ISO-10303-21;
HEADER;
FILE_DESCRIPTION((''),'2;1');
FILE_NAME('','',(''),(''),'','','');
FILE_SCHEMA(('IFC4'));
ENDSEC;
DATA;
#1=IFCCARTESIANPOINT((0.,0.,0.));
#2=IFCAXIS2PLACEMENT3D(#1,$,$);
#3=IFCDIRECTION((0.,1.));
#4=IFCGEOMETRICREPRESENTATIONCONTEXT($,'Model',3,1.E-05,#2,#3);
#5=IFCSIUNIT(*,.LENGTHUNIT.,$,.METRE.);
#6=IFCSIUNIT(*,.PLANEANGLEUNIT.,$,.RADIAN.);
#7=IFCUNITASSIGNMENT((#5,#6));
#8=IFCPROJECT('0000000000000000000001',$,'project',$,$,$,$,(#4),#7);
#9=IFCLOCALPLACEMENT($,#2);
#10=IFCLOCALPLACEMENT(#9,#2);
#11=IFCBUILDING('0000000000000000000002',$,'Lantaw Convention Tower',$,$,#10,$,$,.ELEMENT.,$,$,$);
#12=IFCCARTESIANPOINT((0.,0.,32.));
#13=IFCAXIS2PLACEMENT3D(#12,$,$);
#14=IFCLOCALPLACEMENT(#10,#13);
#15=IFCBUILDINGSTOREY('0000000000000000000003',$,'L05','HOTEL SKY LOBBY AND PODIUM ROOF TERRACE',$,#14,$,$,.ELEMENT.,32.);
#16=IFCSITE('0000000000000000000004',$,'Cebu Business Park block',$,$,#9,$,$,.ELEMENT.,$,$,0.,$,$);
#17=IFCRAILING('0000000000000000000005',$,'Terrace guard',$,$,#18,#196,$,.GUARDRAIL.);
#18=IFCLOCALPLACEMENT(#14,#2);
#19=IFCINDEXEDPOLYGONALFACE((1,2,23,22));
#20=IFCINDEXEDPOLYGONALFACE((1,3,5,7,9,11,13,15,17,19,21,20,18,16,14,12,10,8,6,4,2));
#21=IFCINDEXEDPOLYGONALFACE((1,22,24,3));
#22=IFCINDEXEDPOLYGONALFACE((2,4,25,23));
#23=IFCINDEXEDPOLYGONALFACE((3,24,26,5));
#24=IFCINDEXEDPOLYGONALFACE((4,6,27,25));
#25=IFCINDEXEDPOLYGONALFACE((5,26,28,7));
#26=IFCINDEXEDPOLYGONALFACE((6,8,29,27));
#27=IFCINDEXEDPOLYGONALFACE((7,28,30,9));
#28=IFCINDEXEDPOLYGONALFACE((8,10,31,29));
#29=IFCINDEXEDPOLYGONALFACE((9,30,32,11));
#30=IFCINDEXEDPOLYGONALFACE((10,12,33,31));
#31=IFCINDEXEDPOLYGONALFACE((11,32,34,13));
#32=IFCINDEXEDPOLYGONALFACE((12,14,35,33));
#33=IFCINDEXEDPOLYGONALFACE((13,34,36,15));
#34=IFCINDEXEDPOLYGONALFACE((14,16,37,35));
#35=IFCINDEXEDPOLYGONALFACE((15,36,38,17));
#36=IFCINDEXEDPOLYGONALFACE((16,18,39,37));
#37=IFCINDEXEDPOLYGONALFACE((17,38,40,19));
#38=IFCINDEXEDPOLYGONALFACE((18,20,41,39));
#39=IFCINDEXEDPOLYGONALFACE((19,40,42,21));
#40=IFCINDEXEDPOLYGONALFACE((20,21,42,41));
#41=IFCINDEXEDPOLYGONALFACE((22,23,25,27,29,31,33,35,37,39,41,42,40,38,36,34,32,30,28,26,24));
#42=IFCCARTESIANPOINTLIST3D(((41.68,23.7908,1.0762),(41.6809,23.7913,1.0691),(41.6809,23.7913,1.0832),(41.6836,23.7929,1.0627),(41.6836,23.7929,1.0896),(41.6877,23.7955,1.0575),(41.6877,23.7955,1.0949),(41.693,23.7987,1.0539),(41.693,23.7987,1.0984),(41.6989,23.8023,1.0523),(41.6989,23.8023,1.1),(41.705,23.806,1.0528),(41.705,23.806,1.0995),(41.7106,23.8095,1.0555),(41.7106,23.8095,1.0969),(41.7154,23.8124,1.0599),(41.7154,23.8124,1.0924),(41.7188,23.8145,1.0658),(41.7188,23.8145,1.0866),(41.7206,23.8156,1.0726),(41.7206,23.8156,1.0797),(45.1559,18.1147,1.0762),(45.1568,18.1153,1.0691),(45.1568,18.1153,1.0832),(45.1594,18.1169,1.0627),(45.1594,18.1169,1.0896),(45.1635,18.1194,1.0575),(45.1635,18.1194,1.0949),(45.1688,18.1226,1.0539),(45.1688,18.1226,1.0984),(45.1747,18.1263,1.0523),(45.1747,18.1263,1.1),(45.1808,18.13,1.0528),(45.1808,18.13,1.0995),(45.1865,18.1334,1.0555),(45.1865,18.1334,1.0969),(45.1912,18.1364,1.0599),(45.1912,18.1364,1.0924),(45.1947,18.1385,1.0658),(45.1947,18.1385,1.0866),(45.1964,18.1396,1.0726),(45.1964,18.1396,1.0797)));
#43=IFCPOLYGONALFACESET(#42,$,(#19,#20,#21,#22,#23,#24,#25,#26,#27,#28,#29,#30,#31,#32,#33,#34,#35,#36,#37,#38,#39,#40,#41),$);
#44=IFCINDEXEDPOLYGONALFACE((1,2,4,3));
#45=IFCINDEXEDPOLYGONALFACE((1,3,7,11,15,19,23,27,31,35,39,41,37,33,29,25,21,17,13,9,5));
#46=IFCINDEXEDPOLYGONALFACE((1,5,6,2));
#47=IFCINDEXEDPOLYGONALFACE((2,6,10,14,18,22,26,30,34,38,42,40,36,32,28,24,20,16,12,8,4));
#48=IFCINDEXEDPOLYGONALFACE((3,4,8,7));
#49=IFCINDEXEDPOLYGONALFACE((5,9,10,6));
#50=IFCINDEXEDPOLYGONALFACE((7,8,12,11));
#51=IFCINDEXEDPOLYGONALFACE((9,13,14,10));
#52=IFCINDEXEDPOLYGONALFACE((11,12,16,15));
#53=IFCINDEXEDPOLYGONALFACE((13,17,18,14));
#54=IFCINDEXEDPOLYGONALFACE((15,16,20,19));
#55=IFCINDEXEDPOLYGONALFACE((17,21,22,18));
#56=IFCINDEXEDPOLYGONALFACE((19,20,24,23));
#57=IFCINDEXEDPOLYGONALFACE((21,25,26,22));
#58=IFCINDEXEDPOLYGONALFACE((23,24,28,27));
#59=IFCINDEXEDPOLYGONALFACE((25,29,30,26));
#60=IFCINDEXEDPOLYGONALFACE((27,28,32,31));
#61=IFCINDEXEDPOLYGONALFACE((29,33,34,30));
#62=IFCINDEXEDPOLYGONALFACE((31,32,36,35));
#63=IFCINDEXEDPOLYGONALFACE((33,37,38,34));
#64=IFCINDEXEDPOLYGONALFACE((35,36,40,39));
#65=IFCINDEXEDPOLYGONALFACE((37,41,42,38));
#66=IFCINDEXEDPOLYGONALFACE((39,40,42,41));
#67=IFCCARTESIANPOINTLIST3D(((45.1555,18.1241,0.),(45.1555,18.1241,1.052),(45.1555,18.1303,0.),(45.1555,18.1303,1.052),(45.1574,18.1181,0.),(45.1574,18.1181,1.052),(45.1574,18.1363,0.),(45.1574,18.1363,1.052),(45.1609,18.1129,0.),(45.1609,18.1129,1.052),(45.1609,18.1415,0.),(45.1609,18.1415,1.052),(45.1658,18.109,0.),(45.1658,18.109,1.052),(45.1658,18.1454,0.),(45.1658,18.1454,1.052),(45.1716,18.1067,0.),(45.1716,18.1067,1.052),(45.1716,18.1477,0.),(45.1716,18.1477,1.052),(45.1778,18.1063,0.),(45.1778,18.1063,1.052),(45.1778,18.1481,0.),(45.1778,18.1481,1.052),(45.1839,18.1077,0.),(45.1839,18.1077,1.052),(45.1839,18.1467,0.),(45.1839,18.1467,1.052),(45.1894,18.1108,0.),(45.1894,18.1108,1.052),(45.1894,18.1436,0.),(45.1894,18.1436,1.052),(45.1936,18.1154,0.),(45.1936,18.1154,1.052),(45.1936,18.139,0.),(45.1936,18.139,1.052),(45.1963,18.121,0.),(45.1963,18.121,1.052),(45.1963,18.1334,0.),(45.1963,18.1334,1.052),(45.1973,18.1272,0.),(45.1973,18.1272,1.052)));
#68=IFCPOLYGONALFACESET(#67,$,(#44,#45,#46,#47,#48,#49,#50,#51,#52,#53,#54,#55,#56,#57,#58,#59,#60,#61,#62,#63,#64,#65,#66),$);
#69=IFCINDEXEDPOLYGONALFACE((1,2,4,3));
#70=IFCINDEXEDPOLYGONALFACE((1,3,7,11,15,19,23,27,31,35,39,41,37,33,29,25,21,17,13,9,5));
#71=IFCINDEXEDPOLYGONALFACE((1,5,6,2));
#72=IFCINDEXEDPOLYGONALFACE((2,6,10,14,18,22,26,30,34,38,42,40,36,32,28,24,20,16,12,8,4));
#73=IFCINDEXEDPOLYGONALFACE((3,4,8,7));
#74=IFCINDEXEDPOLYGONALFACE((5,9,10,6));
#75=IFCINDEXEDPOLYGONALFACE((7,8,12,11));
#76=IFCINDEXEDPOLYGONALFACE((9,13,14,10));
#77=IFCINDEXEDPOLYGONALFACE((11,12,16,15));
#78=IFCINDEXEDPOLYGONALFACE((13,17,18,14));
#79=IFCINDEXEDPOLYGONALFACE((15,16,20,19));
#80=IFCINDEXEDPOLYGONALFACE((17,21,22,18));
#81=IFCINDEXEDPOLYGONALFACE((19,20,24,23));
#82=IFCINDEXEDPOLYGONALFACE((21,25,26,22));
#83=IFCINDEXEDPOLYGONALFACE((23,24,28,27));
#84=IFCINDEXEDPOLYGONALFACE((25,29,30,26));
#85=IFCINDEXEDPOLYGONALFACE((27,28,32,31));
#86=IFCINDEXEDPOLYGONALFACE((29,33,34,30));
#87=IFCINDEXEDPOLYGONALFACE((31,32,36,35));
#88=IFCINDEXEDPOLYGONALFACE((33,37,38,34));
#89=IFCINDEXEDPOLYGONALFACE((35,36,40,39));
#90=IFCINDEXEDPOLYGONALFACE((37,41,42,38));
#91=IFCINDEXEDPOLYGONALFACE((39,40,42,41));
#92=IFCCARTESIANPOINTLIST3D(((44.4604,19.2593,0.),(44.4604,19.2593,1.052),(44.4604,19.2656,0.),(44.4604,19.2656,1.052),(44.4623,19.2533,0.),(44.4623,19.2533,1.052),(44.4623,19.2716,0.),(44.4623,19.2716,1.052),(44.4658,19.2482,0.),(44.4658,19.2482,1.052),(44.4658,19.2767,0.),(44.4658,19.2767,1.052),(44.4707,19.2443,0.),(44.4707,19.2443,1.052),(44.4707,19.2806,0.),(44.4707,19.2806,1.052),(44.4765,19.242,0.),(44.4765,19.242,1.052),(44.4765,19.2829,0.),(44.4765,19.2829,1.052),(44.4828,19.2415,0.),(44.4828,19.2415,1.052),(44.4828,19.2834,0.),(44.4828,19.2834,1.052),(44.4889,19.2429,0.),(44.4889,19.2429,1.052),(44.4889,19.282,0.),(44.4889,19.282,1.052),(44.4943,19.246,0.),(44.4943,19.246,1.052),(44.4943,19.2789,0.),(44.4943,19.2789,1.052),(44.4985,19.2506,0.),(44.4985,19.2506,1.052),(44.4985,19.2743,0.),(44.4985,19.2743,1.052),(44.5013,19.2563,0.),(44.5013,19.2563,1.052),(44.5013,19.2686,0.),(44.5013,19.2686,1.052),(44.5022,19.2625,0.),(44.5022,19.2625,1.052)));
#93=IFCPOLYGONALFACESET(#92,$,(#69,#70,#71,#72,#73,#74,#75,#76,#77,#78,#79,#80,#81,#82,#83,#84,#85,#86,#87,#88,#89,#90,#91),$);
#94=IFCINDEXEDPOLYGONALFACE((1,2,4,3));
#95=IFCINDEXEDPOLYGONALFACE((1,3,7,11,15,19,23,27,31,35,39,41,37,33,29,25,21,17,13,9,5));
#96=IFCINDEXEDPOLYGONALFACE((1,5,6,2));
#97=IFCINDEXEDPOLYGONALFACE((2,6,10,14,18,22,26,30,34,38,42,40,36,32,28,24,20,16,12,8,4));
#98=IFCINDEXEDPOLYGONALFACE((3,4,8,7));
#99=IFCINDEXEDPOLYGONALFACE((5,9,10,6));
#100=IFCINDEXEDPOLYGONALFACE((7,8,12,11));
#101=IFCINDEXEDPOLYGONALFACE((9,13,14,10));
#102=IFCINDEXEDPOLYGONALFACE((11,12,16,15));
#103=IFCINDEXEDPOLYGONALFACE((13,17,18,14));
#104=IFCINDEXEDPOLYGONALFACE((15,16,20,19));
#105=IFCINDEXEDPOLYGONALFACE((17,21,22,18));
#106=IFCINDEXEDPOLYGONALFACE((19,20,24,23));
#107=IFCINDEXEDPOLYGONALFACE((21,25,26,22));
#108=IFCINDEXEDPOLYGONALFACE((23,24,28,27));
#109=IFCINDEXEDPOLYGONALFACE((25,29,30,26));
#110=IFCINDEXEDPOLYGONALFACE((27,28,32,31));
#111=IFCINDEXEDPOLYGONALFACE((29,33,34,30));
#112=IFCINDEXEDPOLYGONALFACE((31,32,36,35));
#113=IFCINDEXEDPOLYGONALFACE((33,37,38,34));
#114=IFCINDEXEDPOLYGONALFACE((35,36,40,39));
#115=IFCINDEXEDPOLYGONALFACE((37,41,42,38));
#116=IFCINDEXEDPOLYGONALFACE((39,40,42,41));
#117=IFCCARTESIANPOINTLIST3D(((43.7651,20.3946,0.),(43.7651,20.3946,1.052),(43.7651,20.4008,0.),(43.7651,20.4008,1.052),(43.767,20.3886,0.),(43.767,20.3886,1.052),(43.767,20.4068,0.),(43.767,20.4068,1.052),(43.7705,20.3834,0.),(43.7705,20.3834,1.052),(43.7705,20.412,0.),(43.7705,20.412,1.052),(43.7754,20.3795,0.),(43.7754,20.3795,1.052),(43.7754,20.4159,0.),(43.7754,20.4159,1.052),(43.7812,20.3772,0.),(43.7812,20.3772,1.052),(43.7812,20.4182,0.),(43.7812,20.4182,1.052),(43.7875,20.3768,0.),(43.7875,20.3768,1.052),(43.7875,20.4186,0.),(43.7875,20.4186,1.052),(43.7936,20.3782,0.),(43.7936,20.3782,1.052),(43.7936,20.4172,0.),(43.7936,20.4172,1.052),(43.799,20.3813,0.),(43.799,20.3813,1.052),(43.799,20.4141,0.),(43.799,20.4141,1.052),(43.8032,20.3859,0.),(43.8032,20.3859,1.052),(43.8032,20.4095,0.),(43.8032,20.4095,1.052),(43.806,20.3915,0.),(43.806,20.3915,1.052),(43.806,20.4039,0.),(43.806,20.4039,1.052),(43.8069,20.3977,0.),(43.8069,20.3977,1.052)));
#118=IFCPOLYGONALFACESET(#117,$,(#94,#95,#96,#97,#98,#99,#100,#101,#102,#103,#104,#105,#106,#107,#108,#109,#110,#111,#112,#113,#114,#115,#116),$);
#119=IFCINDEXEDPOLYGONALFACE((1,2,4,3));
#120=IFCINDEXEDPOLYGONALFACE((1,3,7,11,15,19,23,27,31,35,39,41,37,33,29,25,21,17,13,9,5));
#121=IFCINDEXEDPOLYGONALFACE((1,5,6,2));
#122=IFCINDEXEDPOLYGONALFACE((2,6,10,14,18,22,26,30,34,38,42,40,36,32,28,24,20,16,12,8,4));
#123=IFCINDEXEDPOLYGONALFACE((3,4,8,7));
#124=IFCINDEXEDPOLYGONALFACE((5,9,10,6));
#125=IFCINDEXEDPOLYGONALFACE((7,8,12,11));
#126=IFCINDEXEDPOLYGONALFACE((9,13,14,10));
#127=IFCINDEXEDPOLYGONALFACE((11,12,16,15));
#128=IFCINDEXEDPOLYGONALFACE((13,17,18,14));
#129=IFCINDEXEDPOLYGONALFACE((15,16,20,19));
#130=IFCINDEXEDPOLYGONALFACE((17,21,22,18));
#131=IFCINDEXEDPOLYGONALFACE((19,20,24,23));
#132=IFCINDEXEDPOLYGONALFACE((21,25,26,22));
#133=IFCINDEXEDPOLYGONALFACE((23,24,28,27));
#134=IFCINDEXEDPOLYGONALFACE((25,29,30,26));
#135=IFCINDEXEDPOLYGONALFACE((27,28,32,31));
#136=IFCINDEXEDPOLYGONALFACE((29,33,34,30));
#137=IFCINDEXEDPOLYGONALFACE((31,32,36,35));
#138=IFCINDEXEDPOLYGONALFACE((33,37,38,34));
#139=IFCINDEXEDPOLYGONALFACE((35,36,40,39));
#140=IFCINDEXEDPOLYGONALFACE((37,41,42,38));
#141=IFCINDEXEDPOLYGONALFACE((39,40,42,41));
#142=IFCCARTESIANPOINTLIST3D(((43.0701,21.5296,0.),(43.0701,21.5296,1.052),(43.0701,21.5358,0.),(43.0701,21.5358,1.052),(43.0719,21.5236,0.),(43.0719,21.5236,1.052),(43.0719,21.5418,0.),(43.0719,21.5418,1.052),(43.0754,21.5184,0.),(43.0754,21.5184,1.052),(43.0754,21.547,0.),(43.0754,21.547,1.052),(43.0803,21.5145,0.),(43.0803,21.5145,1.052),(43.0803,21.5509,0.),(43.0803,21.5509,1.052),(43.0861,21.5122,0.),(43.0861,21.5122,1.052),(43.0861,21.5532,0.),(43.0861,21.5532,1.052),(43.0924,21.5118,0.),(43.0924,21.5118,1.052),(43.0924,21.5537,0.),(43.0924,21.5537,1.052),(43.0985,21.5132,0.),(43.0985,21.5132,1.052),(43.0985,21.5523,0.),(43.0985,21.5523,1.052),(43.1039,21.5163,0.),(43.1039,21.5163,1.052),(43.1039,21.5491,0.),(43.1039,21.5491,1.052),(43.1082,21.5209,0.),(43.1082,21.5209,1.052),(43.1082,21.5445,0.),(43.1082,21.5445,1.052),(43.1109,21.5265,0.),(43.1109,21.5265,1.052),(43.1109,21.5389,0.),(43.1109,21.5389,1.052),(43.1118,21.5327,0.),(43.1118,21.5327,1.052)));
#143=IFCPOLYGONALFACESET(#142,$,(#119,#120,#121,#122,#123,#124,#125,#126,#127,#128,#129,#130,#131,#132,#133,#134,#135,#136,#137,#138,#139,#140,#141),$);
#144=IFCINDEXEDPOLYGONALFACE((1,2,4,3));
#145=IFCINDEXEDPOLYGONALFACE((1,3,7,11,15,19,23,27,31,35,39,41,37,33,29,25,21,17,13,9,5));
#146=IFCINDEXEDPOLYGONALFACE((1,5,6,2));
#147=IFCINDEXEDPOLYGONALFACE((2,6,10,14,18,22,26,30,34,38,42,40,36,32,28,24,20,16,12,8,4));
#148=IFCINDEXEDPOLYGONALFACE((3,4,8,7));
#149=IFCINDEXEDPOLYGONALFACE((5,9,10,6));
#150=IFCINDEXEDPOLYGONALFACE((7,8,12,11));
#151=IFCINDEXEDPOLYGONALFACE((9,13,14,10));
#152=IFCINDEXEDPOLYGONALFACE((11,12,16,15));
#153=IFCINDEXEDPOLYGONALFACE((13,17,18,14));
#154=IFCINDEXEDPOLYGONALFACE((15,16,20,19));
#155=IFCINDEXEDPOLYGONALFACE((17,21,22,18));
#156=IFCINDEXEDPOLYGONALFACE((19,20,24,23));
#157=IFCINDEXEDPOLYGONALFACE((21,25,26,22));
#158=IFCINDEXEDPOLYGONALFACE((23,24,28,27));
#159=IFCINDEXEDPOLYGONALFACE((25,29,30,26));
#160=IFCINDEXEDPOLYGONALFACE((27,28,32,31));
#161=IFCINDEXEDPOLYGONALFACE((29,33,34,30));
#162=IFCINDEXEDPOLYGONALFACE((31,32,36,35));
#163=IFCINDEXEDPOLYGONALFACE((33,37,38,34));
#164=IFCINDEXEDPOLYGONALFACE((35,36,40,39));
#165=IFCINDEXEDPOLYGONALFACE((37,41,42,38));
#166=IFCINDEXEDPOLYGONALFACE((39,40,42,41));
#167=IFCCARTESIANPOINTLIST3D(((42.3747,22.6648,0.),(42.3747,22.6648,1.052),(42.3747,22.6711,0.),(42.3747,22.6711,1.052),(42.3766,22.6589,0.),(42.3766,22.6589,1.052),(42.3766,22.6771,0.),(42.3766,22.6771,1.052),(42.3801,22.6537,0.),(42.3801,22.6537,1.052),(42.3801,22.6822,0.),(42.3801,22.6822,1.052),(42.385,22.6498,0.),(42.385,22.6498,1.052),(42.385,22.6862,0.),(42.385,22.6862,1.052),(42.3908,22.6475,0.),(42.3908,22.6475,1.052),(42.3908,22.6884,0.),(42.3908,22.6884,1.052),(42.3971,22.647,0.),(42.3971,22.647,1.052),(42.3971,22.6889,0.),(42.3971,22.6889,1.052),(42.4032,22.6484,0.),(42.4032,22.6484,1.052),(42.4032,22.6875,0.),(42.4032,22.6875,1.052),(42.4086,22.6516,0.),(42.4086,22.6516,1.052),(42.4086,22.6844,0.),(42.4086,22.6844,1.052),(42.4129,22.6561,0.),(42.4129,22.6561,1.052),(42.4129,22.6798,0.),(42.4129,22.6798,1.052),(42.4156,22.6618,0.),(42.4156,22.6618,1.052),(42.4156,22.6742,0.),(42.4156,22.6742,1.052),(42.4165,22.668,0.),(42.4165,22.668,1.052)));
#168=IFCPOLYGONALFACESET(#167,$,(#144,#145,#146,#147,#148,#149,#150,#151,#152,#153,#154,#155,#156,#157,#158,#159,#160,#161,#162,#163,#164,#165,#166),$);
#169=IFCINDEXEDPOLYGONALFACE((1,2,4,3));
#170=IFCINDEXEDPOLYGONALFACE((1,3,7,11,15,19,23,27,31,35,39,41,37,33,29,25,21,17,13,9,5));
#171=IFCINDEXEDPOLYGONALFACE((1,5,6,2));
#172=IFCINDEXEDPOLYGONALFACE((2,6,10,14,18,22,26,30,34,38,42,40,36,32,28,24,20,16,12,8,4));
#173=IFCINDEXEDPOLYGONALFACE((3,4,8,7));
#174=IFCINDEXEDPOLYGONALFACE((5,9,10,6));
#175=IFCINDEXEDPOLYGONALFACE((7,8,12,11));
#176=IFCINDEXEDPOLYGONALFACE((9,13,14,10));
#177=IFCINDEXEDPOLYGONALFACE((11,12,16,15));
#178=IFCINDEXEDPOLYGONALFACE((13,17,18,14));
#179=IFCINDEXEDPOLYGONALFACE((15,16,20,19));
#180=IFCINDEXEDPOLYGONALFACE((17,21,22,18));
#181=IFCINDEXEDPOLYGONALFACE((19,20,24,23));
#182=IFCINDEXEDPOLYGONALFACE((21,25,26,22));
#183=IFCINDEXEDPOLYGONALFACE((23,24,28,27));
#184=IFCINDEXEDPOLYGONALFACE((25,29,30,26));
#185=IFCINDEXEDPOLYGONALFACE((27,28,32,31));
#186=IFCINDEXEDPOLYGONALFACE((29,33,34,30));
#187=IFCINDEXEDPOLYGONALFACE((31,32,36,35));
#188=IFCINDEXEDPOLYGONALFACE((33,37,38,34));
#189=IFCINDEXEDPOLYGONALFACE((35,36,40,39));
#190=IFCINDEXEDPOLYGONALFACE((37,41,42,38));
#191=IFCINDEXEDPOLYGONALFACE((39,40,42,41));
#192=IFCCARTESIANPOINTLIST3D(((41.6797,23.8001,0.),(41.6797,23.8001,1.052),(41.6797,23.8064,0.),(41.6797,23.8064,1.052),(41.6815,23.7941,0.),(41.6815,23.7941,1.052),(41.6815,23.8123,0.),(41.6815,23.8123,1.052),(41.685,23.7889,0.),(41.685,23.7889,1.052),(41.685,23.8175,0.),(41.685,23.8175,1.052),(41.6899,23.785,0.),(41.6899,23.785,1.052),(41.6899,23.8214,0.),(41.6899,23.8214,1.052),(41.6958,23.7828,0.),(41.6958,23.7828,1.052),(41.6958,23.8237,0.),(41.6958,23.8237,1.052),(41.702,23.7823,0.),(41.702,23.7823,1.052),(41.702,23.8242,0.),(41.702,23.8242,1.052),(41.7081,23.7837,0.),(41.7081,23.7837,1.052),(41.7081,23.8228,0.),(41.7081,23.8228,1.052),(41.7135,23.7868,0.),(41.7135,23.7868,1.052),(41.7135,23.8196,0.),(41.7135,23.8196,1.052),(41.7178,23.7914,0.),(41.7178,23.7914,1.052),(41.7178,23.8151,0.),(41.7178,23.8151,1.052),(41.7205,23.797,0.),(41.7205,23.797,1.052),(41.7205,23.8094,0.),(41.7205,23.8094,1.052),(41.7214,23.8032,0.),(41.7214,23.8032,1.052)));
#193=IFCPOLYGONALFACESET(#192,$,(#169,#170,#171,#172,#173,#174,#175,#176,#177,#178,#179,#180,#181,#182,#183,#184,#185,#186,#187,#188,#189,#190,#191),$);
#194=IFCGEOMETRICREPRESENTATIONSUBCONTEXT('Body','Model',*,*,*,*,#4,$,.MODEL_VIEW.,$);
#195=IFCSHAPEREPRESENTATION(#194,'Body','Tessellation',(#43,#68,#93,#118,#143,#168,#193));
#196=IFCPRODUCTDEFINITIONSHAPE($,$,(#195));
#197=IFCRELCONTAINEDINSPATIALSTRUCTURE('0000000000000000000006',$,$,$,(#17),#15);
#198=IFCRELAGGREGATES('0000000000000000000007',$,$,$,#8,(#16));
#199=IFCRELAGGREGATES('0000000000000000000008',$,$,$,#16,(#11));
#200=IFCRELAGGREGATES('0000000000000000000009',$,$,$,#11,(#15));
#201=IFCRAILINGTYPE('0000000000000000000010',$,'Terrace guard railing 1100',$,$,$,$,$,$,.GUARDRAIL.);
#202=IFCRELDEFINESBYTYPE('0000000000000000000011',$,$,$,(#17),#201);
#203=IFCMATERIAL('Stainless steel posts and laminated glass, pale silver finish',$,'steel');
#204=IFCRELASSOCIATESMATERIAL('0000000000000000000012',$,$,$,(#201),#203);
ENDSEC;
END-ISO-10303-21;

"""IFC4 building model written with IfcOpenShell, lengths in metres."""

from ifc_helpers import new_model, si_unit, direction, frame, origin, origin_2d, place, context, subcontext, project, spatial, circle, extrude, material, type_object, element, save


model = new_model("IFC4")

# Units and contexts
model_context = context("Model", 3, precision=1e-05, world=origin(), true_north=direction((0.0, 1.0)))
body_context = subcontext(model_context, "Body", "Model", "MODEL_VIEW")
ifc_project = project(units=[si_unit("LENGTHUNIT", "METRE"), si_unit("PLANEANGLEUNIT", "RADIAN")], contexts=[model_context])

# Site, building, storey
site_placement = place(None, origin())
site = spatial("IfcSite", under=ifc_project, at=site_placement, Name="Cebu Business Park block", CompositionType="ELEMENT", RefElevation=0.0)
building_placement = place(site_placement, origin())
building = spatial("IfcBuilding", under=site, at=building_placement, Name="Lantaw Convention Tower", CompositionType="ELEMENT")
storey_placement = place(building_placement, frame((0.0, 0.0, 32.0)))
storey = spatial("IfcBuildingStorey", under=building, at=storey_placement, Name="L05", Description="HOTEL SKY LOBBY AND PODIUM ROOF TERRACE", CompositionType="ELEMENT", Elevation=32.0)

# Railing
ifc_material_1 = material(Name="Stainless steel posts and laminated glass, pale silver finish", Category="steel")
railing_type_1 = type_object("IfcRailingType", Name="Terrace guard railing 1100", PredefinedType="GUARDRAIL", material=ifc_material_1)
railing_1_placement = place(storey_placement, frame((45.1763, 18.1272, 0.0)))
element("IfcRailing", 1, at=railing_1_placement, inside=storey, type_object=railing_type_1, Name="Terrace guard", PredefinedType="GUARDRAIL", context=body_context, shape_type="SweptSolid", body=[
    extrude(circle(Radius=0.0239, at=origin_2d()), frame((0.0, 0.0, 1.0762), z_axis=(-0.522232, 0.852804, 0.0), x_axis=(-0.852804, -0.522232, 0.0)), (0.0, 0.0, 1.0), 6.6558),
    extrude(circle(Radius=0.021, at=origin_2d()), origin(), (0.0, 0.0, 1.0), 1.052),
    extrude(circle(Radius=0.021, at=origin_2d()), frame((-0.6951, 1.1353, 0.0)), (0.0, 0.0, 1.0), 1.052),
    extrude(circle(Radius=0.021, at=origin_2d()), frame((-1.3904, 2.2705, 0.0)), (0.0, 0.0, 1.0), 1.052),
    extrude(circle(Radius=0.021, at=origin_2d()), frame((-2.0854, 3.4055, 0.0)), (0.0, 0.0, 1.0), 1.052),
    extrude(circle(Radius=0.021, at=origin_2d()), frame((-2.7808, 4.5408, 0.0)), (0.0, 0.0, 1.0), 1.052),
    extrude(circle(Radius=0.021, at=origin_2d()), frame((-3.4758, 5.676, 0.0)), (0.0, 0.0, 1.0), 1.052),
])

save(model, "model.ifc")
